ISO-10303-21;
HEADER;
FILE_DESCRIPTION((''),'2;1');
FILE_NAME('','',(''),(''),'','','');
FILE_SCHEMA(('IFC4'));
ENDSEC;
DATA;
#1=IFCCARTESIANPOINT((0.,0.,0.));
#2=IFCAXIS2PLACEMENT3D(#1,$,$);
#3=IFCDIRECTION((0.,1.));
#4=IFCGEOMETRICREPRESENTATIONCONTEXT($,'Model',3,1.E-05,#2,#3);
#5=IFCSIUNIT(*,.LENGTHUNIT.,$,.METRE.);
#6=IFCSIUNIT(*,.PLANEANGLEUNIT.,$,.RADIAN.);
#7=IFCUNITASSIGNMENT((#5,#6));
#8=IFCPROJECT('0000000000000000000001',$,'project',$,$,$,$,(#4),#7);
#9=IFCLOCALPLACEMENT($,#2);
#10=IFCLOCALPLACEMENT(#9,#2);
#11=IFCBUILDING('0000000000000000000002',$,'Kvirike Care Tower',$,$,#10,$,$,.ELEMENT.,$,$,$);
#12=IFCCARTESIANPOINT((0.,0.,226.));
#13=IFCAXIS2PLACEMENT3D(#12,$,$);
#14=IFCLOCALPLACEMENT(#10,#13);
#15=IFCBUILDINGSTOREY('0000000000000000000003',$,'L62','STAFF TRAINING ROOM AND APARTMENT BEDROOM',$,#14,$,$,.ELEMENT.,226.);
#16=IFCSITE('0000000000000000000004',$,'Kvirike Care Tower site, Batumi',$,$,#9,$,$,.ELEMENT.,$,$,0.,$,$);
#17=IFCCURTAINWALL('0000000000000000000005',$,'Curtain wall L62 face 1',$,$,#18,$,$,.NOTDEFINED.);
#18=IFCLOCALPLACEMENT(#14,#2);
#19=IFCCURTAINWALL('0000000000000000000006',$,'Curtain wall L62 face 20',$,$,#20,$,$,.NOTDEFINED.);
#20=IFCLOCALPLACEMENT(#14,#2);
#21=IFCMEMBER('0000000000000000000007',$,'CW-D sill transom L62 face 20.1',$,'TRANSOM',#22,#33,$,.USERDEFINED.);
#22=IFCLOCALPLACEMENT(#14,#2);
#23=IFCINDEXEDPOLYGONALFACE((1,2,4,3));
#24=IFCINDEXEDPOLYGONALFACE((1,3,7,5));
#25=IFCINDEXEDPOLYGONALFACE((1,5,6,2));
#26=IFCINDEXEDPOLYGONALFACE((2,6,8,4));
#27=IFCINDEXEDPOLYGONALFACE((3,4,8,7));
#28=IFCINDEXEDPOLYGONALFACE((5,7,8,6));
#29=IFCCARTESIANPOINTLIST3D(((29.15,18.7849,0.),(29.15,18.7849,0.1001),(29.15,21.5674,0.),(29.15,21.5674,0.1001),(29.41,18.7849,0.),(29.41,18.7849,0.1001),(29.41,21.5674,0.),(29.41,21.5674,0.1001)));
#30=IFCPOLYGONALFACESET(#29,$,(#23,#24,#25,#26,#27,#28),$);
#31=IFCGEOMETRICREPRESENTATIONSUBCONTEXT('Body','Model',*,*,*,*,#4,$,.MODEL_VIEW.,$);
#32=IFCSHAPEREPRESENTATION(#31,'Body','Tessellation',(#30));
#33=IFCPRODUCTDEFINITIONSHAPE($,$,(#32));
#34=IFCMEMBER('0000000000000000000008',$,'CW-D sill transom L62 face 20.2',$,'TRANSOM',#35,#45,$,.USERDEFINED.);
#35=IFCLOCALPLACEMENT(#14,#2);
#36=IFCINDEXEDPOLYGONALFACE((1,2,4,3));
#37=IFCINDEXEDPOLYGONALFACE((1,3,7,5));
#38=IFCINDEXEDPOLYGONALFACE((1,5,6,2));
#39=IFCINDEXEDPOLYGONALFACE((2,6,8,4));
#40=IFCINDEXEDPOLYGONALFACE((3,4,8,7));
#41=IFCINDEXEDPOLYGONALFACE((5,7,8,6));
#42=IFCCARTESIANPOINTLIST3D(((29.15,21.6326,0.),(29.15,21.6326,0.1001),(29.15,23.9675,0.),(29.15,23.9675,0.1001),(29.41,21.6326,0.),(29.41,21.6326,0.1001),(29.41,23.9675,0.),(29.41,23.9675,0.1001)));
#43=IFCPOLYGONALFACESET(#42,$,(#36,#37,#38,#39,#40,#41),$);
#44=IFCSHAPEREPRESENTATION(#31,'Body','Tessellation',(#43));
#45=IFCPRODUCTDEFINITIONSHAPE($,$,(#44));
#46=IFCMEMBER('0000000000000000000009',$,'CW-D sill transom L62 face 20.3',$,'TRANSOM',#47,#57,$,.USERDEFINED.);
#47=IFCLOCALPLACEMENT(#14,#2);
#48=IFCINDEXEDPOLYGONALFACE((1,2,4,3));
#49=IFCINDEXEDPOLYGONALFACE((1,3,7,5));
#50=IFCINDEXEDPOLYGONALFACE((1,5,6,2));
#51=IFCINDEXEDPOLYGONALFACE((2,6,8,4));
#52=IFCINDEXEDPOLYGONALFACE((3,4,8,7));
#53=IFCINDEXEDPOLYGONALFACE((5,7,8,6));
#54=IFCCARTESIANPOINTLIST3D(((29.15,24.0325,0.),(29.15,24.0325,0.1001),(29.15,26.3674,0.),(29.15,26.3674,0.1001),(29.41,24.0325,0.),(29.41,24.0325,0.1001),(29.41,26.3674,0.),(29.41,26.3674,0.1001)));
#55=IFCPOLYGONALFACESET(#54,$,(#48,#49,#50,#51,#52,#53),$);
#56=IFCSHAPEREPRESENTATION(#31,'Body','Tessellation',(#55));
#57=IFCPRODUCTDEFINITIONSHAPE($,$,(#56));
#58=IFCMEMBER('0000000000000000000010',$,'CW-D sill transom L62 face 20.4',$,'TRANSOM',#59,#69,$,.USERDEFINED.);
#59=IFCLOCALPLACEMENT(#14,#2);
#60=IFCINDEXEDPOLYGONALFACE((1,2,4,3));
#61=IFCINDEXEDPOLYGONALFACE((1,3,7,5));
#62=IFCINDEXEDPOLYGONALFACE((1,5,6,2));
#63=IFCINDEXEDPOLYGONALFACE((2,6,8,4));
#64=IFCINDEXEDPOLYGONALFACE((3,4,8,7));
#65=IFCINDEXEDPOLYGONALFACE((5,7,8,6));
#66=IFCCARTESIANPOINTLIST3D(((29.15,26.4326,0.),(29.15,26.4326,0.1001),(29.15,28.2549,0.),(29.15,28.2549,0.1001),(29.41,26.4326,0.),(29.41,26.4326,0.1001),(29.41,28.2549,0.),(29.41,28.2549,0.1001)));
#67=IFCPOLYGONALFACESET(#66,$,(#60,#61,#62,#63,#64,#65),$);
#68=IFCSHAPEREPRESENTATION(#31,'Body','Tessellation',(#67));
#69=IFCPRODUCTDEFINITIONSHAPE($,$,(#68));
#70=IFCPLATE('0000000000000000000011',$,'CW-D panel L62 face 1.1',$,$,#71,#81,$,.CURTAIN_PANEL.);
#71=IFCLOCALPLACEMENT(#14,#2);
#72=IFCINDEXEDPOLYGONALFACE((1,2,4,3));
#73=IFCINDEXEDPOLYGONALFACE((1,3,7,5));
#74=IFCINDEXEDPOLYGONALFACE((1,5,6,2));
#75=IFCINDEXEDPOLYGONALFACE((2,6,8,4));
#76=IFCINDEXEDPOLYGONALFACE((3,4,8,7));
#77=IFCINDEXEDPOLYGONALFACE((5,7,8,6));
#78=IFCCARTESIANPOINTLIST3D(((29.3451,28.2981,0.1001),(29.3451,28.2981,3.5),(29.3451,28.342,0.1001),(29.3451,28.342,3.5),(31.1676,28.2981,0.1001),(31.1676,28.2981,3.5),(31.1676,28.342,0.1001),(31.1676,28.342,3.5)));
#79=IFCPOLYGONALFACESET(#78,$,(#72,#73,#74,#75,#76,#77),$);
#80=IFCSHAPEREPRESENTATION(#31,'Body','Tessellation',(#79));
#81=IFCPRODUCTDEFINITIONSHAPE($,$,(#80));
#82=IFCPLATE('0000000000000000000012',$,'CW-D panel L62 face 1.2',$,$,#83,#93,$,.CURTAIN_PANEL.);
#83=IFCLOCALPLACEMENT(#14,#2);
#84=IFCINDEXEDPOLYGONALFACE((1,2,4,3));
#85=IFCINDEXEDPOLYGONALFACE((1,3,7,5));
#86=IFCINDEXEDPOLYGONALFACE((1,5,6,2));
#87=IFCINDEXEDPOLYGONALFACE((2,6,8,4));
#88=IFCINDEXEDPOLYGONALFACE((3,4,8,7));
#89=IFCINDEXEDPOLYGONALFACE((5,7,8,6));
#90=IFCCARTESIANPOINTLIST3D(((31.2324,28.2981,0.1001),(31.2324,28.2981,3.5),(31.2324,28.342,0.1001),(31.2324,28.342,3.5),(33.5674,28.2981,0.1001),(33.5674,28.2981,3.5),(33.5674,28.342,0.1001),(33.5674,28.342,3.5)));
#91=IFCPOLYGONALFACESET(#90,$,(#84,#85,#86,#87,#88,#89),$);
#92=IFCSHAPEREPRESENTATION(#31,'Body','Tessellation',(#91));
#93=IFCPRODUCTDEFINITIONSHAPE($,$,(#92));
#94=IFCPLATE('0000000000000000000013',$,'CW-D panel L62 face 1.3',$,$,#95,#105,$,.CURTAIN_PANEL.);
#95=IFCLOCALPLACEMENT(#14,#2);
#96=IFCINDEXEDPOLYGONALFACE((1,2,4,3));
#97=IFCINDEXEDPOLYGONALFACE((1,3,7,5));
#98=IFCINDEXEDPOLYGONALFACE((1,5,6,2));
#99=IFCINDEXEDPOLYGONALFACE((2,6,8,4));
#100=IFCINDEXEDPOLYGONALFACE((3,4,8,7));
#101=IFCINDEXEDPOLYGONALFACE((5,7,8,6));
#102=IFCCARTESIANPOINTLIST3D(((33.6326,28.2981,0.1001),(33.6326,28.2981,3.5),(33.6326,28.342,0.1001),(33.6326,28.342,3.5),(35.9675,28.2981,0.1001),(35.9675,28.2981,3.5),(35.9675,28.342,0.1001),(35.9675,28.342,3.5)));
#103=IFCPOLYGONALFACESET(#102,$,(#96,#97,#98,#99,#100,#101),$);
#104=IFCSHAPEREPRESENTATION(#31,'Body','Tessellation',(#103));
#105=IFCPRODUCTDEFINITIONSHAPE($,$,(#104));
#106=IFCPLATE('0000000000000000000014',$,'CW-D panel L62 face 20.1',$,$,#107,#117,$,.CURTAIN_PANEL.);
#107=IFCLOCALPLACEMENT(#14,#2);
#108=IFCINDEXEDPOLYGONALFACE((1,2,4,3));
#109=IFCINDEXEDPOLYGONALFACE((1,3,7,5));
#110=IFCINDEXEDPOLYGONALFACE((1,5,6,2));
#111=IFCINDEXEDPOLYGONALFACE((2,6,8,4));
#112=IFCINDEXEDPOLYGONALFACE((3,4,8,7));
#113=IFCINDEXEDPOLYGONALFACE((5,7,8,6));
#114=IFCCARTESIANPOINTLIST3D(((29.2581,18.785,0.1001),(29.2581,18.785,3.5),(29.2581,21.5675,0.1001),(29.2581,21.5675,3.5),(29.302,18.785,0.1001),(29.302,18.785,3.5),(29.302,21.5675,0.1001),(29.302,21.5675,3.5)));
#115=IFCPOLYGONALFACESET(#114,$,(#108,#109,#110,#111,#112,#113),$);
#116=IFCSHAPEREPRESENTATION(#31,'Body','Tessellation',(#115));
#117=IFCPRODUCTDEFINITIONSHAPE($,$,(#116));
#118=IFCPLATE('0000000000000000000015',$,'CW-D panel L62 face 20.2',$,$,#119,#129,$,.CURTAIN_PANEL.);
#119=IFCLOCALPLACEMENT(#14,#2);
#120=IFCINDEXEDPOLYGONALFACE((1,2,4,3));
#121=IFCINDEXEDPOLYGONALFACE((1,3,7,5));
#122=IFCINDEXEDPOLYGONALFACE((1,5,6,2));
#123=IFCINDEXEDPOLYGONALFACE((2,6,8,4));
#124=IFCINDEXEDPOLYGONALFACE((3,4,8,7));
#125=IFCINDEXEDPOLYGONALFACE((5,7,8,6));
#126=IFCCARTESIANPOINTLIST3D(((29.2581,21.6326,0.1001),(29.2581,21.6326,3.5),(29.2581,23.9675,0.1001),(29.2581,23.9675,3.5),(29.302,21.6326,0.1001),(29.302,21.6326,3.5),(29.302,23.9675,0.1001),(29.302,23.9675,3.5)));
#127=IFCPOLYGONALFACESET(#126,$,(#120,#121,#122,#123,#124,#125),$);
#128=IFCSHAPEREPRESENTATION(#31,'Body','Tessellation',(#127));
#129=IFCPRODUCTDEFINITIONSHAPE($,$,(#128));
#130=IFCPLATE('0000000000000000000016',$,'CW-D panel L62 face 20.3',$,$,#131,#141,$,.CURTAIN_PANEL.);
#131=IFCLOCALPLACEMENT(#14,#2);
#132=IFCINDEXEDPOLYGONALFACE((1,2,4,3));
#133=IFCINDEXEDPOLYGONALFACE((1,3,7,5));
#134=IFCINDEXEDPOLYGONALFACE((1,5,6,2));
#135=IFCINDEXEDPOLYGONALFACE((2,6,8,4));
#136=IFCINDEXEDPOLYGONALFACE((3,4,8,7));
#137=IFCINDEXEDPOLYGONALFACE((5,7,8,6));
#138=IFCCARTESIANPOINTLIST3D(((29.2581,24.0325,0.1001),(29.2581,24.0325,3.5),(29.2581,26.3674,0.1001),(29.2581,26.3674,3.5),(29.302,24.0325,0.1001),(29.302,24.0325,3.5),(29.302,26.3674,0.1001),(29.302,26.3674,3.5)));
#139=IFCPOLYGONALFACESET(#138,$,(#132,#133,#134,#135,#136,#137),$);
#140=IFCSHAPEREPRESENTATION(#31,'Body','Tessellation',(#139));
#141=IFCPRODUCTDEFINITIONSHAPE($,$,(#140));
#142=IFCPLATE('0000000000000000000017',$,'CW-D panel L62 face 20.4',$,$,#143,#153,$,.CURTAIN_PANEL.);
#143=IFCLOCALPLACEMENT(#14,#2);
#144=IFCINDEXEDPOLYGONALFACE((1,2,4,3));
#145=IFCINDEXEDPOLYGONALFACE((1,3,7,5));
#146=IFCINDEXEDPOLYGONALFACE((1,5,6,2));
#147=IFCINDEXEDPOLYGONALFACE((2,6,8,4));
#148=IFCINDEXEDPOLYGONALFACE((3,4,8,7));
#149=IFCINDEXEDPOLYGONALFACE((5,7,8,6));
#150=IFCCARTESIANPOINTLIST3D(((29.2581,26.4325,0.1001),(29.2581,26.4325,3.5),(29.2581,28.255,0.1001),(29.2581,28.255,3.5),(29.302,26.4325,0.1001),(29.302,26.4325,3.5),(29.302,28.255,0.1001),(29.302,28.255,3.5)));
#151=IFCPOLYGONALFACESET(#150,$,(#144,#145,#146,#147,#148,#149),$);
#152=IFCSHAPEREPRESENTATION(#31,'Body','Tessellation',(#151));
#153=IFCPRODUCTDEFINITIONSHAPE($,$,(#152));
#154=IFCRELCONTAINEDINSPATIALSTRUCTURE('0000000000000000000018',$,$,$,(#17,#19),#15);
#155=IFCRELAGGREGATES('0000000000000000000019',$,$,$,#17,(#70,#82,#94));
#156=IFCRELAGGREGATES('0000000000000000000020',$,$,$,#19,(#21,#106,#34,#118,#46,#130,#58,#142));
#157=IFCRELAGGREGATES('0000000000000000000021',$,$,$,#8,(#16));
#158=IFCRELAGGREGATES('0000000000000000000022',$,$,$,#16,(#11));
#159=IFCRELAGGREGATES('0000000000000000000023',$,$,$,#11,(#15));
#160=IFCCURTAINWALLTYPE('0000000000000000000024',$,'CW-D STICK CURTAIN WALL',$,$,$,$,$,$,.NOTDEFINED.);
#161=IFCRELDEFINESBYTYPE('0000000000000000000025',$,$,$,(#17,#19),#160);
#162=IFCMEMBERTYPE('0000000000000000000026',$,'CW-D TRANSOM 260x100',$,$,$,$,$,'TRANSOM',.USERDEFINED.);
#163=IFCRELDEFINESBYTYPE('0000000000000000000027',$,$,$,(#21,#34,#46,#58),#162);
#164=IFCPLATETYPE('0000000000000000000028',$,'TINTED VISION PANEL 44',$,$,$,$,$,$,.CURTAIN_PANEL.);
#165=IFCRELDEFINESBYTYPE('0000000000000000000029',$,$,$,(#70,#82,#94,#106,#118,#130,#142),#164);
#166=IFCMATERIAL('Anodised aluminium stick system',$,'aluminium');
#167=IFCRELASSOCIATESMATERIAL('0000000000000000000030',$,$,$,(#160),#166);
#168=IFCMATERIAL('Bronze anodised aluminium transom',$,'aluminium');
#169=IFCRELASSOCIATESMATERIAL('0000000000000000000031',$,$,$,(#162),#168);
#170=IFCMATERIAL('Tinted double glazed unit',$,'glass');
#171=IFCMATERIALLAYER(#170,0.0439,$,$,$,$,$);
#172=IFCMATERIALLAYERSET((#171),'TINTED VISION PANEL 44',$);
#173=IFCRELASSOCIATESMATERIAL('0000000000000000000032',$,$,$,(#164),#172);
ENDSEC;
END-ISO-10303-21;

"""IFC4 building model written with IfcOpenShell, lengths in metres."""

from ifc_helpers import new_model, si_unit, direction, frame, origin, origin_2d, place, context, subcontext, project, spatial, rectangle, extrude, material, layer, layer_set, material_profile, profile_set, type_object, element, aggregate, save


model = new_model("IFC4")

# Units and contexts
model_context = context("Model", 3, precision=1e-05, world=origin(), true_north=direction((0.0, 1.0)))
body_context = subcontext(model_context, "Body", "Model", "MODEL_VIEW")
ifc_project = project(units=[si_unit("LENGTHUNIT", "METRE"), si_unit("PLANEANGLEUNIT", "RADIAN")], contexts=[model_context])

# Site, building, storey
site_placement = place(None, origin())
site = spatial("IfcSite", under=ifc_project, at=site_placement, Name="Kvirike Care Tower site, Batumi", CompositionType="ELEMENT", RefElevation=0.0)
building_placement = place(site_placement, origin())
building = spatial("IfcBuilding", under=site, at=building_placement, Name="Kvirike Care Tower", CompositionType="ELEMENT")
storey_placement = place(building_placement, frame((0.0, 0.0, 226.0)))
storey = spatial("IfcBuildingStorey", under=building, at=storey_placement, Name="L62", Description="STAFF TRAINING ROOM AND APARTMENT BEDROOM", CompositionType="ELEMENT", Elevation=226.0)

# Curtain walls
ifc_material_1 = material(Name="Anodised aluminium stick system", Category="aluminium")
curtain_wall_type = type_object("IfcCurtainWallType", Name="CW-D STICK CURTAIN WALL", PredefinedType="NOTDEFINED", material=ifc_material_1)
curtain_wall_1_placement = place(storey_placement, origin())
curtain_wall_1 = element("IfcCurtainWall", 1, at=curtain_wall_1_placement, inside=storey, type_object=curtain_wall_type, Name="Curtain wall L62 face 1", PredefinedType="NOTDEFINED")
curtain_wall_2_placement = place(storey_placement, origin())
curtain_wall_2 = element("IfcCurtainWall", 2, at=curtain_wall_2_placement, inside=storey, type_object=curtain_wall_type, Name="Curtain wall L62 face 20", PredefinedType="NOTDEFINED")

# Members
ifc_material_2 = material(Name="Bronze anodised aluminium transom", Category="aluminium")
ifc_material_profile_1 = material_profile(ifc_material_2, rectangle(XDim=0.26, YDim=0.1001, at=origin_2d()), Name="CW-D TRANSOM 260x100")
ifc_profile_set_1 = profile_set([ifc_material_profile_1], Name="Bronze anodised aluminium transom")
member_type_1 = type_object("IfcMemberType", Name="CW-D TRANSOM 260x100", ElementType="TRANSOM", PredefinedType="USERDEFINED", material=ifc_profile_set_1)
member_1_placement = place(storey_placement, frame((29.28, 18.7849, 0.05), z_axis=(0.0, 1.0, 0.0), x_axis=(-1.0, 0.0, 0.0)))
member_1 = element("IfcMember", 3, at=member_1_placement, type_object=member_type_1, Name="CW-D sill transom L62 face 20.1", ObjectType="TRANSOM", PredefinedType="USERDEFINED", context=body_context, shape_type="SweptSolid", body=[
    extrude(rectangle(XDim=0.26, YDim=0.1001, at=origin_2d()), origin(), (0.0, 0.0, 1.0), 2.7825),
])
member_2_placement = place(storey_placement, frame((29.28, 21.6326, 0.05), z_axis=(0.0, 1.0, 0.0), x_axis=(-1.0, 0.0, 0.0)))
member_2 = element("IfcMember", 4, at=member_2_placement, type_object=member_type_1, Name="CW-D sill transom L62 face 20.2", ObjectType="TRANSOM", PredefinedType="USERDEFINED", context=body_context, shape_type="SweptSolid", body=[
    extrude(rectangle(XDim=0.26, YDim=0.1001, at=origin_2d()), origin(), (0.0, 0.0, 1.0), 2.335),
])
member_3_placement = place(storey_placement, frame((29.28, 24.0325, 0.05), z_axis=(0.0, 1.0, 0.0), x_axis=(-1.0, 0.0, 0.0)))
member_3 = element("IfcMember", 5, at=member_3_placement, type_object=member_type_1, Name="CW-D sill transom L62 face 20.3", ObjectType="TRANSOM", PredefinedType="USERDEFINED", context=body_context, shape_type="SweptSolid", body=[
    extrude(rectangle(XDim=0.26, YDim=0.1001, at=origin_2d()), origin(), (0.0, 0.0, 1.0), 2.335),
])
member_4_placement = place(storey_placement, frame((29.28, 26.4326, 0.05), z_axis=(0.0, 1.0, 0.0), x_axis=(-1.0, 0.0, 0.0)))
member_4 = element("IfcMember", 6, at=member_4_placement, type_object=member_type_1, Name="CW-D sill transom L62 face 20.4", ObjectType="TRANSOM", PredefinedType="USERDEFINED", context=body_context, shape_type="SweptSolid", body=[
    extrude(rectangle(XDim=0.26, YDim=0.1001, at=origin_2d()), origin(), (0.0, 0.0, 1.0), 1.8223),
])

# Plates
ifc_material_3 = material(Name="Tinted double glazed unit", Category="glass")
ifc_layer = layer(ifc_material_3, 0.0439)
ifc_layer_set = layer_set([ifc_layer], Name="TINTED VISION PANEL 44")
plate_type = type_object("IfcPlateType", Name="TINTED VISION PANEL 44", PredefinedType="CURTAIN_PANEL", material=ifc_layer_set)
plate_1_placement = place(storey_placement, frame((30.2563, 28.3201, 0.1001), z_axis=(0.0, 0.0, 1.0), x_axis=(1.0, 0.0, 0.0)))
plate_1 = element("IfcPlate", 7, at=plate_1_placement, type_object=plate_type, Name="CW-D panel L62 face 1.1", PredefinedType="CURTAIN_PANEL", context=body_context, shape_type="SweptSolid", body=[
    extrude(rectangle(XDim=1.8225, YDim=0.0439, at=origin_2d()), origin(), (0.0, 0.0, 1.0), 3.3999),
])
plate_2_placement = place(storey_placement, frame((32.3999, 28.3201, 0.1001), z_axis=(0.0, 0.0, 1.0), x_axis=(1.0, 0.0, 0.0)))
plate_2 = element("IfcPlate", 8, at=plate_2_placement, type_object=plate_type, Name="CW-D panel L62 face 1.2", PredefinedType="CURTAIN_PANEL", context=body_context, shape_type="SweptSolid", body=[
    extrude(rectangle(XDim=2.335, YDim=0.0439, at=origin_2d()), origin(), (0.0, 0.0, 1.0), 3.3999),
])
plate_3_placement = place(storey_placement, frame((34.8, 28.3201, 0.1001), z_axis=(0.0, 0.0, 1.0), x_axis=(1.0, 0.0, 0.0)))
plate_3 = element("IfcPlate", 9, at=plate_3_placement, type_object=plate_type, Name="CW-D panel L62 face 1.3", PredefinedType="CURTAIN_PANEL", context=body_context, shape_type="SweptSolid", body=[
    extrude(rectangle(XDim=2.335, YDim=0.0439, at=origin_2d()), origin(), (0.0, 0.0, 1.0), 3.3999),
])
aggregate(curtain_wall_1, [plate_1, plate_2, plate_3])
plate_4_placement = place(storey_placement, frame((29.28, 20.1763, 0.1001), z_axis=(0.0, 0.0, 1.0), x_axis=(0.0, 1.0, 0.0)))
plate_4 = element("IfcPlate", 10, at=plate_4_placement, type_object=plate_type, Name="CW-D panel L62 face 20.1", PredefinedType="CURTAIN_PANEL", context=body_context, shape_type="SweptSolid", body=[
    extrude(rectangle(XDim=2.7825, YDim=0.0439, at=origin_2d()), origin(), (0.0, 0.0, 1.0), 3.3999),
])
plate_5_placement = place(storey_placement, frame((29.28, 22.8, 0.1001), z_axis=(0.0, 0.0, 1.0), x_axis=(0.0, 1.0, 0.0)))
plate_5 = element("IfcPlate", 11, at=plate_5_placement, type_object=plate_type, Name="CW-D panel L62 face 20.2", PredefinedType="CURTAIN_PANEL", context=body_context, shape_type="SweptSolid", body=[
    extrude(rectangle(XDim=2.335, YDim=0.0439, at=origin_2d()), origin(), (0.0, 0.0, 1.0), 3.3999),
])
plate_6_placement = place(storey_placement, frame((29.28, 25.2, 0.1001), z_axis=(0.0, 0.0, 1.0), x_axis=(0.0, 1.0, 0.0)))
plate_6 = element("IfcPlate", 12, at=plate_6_placement, type_object=plate_type, Name="CW-D panel L62 face 20.3", PredefinedType="CURTAIN_PANEL", context=body_context, shape_type="SweptSolid", body=[
    extrude(rectangle(XDim=2.335, YDim=0.0439, at=origin_2d()), origin(), (0.0, 0.0, 1.0), 3.3999),
])
plate_7_placement = place(storey_placement, frame((29.28, 27.3438, 0.1001), z_axis=(0.0, 0.0, 1.0), x_axis=(0.0, 1.0, 0.0)))
plate_7 = element("IfcPlate", 13, at=plate_7_placement, type_object=plate_type, Name="CW-D panel L62 face 20.4", PredefinedType="CURTAIN_PANEL", context=body_context, shape_type="SweptSolid", body=[
    extrude(rectangle(XDim=1.8225, YDim=0.0439, at=origin_2d()), origin(), (0.0, 0.0, 1.0), 3.3999),
])
aggregate(curtain_wall_2, [member_1, plate_4, member_2, plate_5, member_3, plate_6, member_4, plate_7])

save(model, "model.ifc")
